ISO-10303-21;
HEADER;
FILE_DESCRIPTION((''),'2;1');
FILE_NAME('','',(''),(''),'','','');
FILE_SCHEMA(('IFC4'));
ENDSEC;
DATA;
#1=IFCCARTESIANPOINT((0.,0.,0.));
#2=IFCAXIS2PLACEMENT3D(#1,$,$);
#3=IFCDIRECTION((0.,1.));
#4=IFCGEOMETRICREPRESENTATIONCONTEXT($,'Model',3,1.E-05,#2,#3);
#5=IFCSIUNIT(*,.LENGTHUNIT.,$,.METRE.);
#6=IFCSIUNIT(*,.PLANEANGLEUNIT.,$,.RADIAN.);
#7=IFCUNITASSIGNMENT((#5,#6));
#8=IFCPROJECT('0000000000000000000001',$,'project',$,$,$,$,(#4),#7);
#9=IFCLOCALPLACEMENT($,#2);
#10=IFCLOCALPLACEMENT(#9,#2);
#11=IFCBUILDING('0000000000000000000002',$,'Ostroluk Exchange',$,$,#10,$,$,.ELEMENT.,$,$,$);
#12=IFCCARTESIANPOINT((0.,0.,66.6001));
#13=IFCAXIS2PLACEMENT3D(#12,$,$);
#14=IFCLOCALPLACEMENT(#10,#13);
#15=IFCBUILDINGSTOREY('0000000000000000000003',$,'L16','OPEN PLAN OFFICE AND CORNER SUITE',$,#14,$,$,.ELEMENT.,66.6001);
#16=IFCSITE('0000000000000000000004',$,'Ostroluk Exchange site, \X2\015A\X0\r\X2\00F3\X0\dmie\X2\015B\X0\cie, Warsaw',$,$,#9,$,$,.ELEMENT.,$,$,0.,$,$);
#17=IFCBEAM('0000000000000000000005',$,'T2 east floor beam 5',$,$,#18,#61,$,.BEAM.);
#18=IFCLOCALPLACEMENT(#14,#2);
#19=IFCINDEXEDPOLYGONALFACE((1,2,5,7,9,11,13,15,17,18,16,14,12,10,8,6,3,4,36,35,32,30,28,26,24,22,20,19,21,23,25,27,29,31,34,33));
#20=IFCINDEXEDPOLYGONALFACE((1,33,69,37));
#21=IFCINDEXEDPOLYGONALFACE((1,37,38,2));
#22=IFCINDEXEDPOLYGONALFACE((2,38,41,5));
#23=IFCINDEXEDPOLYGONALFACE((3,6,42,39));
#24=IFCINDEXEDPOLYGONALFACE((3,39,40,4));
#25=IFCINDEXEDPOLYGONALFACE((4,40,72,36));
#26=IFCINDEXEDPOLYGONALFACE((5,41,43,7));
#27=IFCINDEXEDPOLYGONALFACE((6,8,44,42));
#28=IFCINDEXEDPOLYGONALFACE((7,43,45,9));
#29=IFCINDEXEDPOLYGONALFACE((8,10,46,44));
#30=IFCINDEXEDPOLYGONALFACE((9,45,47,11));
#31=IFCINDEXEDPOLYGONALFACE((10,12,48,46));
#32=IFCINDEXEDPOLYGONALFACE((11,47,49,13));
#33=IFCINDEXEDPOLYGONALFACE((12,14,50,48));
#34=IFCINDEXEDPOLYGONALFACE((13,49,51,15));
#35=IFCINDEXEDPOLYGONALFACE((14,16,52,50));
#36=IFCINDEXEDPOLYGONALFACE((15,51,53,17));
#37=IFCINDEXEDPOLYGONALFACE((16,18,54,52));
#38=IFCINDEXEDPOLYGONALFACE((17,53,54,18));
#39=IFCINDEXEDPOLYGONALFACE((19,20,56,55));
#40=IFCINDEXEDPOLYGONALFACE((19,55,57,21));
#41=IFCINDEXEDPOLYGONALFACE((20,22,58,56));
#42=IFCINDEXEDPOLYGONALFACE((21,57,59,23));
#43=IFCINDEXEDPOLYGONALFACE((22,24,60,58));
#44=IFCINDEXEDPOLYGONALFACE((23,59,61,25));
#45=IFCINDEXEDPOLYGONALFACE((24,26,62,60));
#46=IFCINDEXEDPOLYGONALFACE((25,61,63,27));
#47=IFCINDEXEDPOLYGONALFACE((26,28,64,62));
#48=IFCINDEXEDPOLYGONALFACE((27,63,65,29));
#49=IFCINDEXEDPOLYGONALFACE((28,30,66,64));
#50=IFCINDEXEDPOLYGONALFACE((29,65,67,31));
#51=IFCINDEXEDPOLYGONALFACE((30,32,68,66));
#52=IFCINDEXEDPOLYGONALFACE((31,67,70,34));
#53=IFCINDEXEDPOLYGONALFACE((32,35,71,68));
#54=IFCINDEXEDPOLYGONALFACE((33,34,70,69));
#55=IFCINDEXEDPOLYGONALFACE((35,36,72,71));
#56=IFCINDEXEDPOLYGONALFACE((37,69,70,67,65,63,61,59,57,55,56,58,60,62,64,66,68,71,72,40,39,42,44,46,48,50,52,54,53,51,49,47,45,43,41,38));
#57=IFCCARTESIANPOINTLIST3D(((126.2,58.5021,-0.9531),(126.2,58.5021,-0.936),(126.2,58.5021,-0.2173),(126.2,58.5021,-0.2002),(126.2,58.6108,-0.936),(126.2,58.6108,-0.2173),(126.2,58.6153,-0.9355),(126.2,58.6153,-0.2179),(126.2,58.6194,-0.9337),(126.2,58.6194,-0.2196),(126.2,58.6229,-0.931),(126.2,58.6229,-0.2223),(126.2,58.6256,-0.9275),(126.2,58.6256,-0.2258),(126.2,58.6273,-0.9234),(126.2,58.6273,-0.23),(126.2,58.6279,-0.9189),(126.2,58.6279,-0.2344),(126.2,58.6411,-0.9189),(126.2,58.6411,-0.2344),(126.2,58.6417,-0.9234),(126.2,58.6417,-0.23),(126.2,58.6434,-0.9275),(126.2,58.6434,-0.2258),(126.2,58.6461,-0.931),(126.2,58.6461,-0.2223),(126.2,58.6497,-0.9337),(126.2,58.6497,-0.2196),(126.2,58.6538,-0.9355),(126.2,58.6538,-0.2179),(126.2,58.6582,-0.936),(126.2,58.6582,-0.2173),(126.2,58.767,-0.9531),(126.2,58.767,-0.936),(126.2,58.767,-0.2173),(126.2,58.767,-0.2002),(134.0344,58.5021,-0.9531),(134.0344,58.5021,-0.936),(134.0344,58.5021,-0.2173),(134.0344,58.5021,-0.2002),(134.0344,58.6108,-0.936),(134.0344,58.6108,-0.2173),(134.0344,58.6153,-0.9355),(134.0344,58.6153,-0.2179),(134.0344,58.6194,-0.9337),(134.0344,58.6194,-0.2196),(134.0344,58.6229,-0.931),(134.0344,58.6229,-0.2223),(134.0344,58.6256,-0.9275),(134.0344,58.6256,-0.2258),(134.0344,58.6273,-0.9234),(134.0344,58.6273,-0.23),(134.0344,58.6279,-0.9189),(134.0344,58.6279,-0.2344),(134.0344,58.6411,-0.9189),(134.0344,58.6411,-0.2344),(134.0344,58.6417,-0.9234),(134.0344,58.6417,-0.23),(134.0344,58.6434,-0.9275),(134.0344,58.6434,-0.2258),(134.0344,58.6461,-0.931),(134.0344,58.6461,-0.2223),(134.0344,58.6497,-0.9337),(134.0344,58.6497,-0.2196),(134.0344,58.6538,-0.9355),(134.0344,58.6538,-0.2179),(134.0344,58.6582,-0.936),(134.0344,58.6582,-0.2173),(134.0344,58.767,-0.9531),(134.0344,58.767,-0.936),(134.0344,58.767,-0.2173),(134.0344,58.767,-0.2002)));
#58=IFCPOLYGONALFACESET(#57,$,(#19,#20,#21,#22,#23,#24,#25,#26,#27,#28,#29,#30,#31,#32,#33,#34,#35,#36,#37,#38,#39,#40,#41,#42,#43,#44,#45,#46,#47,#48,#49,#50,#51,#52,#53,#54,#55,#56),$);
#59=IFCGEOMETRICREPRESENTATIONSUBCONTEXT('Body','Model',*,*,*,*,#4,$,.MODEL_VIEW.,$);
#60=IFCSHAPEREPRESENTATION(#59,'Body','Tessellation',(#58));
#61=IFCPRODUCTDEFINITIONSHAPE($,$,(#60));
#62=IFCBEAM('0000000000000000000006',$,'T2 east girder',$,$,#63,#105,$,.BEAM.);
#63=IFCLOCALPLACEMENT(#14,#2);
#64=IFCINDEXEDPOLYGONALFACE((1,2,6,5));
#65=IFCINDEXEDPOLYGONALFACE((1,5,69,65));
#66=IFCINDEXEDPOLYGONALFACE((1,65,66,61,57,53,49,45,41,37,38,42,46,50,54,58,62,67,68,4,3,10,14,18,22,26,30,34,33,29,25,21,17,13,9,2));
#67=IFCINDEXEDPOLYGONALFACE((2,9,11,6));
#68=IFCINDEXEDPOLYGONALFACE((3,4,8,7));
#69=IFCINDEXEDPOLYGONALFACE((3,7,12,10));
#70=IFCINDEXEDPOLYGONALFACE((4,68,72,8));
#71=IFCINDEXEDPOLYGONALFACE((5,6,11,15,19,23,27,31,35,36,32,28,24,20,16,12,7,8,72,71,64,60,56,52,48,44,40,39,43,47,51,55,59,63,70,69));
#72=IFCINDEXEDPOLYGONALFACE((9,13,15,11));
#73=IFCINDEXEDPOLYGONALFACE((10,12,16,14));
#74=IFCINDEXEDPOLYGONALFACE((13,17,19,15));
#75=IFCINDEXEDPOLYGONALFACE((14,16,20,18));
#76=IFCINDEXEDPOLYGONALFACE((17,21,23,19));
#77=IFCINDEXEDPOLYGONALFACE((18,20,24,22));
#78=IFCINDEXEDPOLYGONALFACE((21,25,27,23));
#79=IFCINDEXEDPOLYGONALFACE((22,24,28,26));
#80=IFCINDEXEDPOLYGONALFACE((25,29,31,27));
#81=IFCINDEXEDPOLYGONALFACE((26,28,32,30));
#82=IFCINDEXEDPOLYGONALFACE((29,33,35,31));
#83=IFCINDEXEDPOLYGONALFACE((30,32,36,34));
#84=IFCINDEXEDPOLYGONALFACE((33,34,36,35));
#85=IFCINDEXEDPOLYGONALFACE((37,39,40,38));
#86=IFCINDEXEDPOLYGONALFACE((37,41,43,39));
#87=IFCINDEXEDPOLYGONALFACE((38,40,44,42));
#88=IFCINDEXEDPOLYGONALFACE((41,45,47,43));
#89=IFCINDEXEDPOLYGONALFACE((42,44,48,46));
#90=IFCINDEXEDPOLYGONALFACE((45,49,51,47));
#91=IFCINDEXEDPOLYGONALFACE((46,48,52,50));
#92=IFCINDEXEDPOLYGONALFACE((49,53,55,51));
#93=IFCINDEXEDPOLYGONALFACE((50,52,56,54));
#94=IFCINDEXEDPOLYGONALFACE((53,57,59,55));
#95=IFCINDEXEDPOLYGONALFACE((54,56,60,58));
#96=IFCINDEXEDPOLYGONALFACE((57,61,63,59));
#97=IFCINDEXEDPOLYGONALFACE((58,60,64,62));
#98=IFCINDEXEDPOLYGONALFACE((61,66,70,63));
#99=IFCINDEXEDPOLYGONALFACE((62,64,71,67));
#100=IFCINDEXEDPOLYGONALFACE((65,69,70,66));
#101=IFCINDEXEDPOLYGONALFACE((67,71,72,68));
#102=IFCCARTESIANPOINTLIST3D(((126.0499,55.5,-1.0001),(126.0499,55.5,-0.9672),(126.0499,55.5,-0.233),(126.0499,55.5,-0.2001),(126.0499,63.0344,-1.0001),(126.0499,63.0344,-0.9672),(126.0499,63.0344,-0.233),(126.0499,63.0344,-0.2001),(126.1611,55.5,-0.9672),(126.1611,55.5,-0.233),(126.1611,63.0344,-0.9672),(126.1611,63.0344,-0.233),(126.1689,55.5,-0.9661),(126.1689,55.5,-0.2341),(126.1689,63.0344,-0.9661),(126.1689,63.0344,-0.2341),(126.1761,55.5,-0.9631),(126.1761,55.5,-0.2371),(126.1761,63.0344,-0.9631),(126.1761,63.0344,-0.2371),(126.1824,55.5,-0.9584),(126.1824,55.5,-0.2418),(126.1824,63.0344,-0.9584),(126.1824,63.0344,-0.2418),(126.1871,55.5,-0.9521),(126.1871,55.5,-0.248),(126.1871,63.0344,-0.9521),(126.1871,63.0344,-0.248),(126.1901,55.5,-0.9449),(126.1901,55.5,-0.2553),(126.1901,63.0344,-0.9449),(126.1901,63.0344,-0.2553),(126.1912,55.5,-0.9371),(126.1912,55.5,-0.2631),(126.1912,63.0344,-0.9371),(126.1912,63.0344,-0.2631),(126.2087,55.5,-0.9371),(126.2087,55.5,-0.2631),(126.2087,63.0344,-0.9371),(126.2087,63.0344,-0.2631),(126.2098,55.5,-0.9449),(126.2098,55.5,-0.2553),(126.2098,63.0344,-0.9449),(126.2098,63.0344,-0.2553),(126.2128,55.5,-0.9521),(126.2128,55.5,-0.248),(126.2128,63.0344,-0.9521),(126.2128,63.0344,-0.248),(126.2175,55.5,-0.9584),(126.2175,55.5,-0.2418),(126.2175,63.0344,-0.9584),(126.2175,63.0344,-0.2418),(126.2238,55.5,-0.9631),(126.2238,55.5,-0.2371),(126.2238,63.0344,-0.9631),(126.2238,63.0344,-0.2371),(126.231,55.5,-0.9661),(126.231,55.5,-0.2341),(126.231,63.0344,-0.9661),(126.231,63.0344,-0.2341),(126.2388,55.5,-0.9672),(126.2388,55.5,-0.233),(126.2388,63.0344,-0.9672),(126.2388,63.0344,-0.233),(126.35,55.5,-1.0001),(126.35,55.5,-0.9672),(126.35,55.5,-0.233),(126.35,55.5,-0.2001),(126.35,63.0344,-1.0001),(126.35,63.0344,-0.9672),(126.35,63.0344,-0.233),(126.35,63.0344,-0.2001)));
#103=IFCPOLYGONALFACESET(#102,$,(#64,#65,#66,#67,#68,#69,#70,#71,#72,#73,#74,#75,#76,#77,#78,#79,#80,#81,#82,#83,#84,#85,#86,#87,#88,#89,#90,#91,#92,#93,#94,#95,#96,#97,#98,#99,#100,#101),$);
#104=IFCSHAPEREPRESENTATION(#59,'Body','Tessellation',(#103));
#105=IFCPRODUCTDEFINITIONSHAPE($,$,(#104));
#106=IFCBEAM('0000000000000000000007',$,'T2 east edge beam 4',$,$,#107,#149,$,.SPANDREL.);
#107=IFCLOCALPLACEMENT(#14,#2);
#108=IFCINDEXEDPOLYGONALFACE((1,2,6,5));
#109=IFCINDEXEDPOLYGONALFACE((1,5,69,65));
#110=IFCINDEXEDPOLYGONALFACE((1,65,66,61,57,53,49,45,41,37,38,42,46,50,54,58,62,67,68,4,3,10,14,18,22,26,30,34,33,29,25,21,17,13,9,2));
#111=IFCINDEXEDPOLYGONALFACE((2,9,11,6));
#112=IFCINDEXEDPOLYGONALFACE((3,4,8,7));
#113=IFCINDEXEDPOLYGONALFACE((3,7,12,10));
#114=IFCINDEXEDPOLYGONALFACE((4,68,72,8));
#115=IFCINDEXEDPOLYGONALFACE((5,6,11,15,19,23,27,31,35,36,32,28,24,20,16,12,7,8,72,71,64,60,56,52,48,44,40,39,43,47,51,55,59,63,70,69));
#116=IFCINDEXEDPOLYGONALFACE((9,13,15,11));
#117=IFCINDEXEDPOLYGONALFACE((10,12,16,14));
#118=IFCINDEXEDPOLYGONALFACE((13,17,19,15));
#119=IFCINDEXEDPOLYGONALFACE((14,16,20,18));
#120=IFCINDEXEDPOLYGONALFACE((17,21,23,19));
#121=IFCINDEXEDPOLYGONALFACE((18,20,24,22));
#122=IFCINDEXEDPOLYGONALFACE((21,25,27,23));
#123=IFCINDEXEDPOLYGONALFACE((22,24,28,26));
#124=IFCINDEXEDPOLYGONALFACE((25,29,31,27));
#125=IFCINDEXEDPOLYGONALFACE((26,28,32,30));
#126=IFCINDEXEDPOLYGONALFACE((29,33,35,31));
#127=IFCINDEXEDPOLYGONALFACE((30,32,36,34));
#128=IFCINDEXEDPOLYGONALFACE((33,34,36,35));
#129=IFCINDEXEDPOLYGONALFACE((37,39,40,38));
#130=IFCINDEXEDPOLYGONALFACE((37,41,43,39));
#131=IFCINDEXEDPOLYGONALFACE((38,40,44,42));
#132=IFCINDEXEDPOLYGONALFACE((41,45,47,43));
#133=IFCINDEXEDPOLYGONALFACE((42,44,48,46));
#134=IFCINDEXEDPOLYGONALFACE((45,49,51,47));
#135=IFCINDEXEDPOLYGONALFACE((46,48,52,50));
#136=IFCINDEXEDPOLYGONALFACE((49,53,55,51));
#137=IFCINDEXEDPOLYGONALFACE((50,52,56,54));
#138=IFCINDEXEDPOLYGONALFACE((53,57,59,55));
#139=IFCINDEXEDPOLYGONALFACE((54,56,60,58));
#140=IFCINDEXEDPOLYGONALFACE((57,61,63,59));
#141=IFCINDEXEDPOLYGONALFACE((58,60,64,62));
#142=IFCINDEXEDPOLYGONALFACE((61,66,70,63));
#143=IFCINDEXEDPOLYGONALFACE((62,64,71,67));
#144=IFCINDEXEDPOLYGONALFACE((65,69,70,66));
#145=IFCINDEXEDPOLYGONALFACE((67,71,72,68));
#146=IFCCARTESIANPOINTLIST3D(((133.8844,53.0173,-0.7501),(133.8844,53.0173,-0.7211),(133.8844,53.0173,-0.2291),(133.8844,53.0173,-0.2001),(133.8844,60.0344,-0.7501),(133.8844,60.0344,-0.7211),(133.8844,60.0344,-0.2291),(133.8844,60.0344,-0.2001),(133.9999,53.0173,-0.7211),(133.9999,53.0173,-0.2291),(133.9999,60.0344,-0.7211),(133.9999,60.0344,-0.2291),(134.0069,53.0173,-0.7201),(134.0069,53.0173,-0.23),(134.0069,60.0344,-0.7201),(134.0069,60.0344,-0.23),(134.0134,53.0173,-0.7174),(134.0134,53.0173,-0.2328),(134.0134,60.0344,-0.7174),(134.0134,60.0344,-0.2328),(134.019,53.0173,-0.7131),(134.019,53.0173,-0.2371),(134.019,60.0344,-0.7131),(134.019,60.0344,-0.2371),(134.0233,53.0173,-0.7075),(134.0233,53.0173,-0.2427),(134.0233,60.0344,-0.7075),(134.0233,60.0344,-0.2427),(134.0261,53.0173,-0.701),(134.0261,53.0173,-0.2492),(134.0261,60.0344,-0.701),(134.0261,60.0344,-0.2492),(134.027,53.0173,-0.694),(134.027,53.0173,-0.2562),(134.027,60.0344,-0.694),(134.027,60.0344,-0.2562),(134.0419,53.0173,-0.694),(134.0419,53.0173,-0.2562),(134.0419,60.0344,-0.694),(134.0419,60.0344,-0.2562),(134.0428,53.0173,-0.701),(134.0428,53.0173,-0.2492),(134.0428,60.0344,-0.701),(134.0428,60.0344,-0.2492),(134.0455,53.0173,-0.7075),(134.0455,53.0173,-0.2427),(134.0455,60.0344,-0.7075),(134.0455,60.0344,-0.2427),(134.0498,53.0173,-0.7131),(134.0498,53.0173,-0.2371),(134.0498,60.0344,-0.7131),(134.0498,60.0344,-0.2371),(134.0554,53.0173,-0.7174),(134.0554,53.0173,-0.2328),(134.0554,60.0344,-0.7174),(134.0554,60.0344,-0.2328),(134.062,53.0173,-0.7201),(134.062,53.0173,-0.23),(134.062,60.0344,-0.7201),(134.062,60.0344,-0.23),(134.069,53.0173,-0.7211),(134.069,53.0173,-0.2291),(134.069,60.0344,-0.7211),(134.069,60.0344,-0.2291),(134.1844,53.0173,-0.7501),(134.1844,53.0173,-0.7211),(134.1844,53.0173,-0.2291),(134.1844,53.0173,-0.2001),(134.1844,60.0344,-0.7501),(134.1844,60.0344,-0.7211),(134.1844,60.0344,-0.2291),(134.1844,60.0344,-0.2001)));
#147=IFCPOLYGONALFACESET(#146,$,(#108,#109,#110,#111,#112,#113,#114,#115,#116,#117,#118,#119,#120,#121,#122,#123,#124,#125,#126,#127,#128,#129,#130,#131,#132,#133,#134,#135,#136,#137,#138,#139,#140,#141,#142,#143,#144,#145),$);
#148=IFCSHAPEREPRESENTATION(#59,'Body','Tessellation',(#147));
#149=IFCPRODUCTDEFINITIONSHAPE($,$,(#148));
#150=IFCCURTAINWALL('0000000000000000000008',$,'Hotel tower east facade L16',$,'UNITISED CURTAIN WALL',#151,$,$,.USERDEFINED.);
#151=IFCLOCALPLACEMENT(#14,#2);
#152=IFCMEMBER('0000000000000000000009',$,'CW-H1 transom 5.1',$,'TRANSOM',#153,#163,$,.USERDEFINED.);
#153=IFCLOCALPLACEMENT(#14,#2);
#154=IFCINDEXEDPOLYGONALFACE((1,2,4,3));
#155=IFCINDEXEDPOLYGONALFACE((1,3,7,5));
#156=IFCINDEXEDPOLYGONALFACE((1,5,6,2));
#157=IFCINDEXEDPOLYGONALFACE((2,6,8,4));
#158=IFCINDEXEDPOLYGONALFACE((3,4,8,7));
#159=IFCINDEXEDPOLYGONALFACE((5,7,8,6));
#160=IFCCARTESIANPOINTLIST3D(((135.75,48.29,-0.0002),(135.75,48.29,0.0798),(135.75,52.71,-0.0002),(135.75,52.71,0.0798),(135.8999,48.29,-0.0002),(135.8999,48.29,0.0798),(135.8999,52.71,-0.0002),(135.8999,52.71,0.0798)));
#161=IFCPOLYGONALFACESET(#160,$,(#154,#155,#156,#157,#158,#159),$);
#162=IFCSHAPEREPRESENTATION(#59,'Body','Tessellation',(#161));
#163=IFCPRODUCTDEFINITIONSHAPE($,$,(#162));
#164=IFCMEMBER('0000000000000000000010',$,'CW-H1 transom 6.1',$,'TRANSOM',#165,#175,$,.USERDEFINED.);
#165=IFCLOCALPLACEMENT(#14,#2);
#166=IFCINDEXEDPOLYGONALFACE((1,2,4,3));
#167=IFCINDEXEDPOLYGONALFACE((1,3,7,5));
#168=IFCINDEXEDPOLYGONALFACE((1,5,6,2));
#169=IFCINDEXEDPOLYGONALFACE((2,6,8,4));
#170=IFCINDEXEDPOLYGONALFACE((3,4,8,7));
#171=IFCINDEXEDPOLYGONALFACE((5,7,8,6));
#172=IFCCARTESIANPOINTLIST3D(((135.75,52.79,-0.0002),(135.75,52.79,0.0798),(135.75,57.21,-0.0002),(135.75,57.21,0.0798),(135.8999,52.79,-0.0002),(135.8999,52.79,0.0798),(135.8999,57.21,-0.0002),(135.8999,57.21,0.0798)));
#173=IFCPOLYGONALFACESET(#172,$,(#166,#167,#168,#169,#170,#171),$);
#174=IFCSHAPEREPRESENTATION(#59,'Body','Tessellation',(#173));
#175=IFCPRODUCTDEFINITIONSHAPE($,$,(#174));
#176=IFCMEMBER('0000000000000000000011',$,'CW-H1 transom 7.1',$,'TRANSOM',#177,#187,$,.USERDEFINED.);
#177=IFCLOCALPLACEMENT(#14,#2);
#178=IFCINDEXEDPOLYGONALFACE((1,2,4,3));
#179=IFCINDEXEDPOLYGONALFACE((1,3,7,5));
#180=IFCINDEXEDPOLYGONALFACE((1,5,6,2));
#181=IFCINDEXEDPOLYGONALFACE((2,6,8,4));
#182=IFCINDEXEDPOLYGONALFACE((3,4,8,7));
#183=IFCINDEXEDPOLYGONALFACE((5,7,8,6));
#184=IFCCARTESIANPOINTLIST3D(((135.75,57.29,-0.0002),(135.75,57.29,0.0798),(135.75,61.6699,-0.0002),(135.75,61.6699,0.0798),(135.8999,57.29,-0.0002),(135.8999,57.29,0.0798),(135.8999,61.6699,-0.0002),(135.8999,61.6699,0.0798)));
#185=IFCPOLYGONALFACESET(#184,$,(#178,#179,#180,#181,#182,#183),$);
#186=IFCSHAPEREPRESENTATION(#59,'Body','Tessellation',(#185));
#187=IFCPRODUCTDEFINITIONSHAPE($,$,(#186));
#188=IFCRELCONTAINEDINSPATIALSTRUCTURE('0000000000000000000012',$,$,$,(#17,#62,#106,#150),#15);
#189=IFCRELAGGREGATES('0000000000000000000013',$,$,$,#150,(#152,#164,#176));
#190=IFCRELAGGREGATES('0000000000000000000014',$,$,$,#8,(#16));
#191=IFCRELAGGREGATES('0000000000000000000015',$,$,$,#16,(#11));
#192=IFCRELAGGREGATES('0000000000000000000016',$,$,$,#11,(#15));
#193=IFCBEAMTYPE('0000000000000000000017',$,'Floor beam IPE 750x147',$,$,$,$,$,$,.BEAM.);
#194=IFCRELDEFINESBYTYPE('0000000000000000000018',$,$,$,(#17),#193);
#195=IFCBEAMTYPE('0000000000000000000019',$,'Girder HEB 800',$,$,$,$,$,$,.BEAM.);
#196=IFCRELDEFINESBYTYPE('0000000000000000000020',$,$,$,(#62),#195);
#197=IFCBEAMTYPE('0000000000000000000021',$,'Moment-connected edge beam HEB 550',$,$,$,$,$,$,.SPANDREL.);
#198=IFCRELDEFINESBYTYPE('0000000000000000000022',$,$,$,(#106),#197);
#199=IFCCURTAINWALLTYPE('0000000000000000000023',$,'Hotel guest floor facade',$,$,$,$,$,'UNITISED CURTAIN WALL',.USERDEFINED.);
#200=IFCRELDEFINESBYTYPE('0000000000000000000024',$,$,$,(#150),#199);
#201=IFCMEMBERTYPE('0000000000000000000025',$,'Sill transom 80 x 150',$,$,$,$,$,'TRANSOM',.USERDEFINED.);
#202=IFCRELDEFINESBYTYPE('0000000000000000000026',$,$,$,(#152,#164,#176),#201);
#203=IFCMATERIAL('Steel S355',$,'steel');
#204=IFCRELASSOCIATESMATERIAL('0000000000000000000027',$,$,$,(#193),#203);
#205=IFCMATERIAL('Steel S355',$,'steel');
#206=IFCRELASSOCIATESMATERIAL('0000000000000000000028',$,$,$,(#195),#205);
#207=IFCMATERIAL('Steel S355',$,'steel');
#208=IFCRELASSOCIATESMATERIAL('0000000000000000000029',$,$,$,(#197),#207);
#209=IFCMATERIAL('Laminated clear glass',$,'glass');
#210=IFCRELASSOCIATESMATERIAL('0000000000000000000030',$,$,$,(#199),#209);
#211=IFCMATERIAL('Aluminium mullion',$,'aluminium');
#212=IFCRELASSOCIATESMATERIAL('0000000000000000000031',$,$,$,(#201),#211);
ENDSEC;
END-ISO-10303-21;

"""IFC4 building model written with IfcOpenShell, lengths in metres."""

from ifc_helpers import new_model, si_unit, direction, frame, origin, origin_2d, place, context, subcontext, project, spatial, rectangle, i_section, extrude, material, material_profile, profile_set, type_object, element, aggregate, save


model = new_model("IFC4")

# Units and contexts
model_context = context("Model", 3, precision=1e-05, world=origin(), true_north=direction((0.0, 1.0)))
body_context = subcontext(model_context, "Body", "Model", "MODEL_VIEW")
ifc_project = project(units=[si_unit("LENGTHUNIT", "METRE"), si_unit("PLANEANGLEUNIT", "RADIAN")], contexts=[model_context])

# Site, building, storey
site_placement = place(None, origin())
site = spatial("IfcSite", under=ifc_project, at=site_placement, Name="Ostroluk Exchange site, Śródmieście, Warsaw", CompositionType="ELEMENT", RefElevation=0.0)
building_placement = place(site_placement, origin())
building = spatial("IfcBuilding", under=site, at=building_placement, Name="Ostroluk Exchange", CompositionType="ELEMENT")
storey_placement = place(building_placement, frame((0.0, 0.0, 66.6001)))
storey = spatial("IfcBuildingStorey", under=building, at=storey_placement, Name="L16", Description="OPEN PLAN OFFICE AND CORNER SUITE", CompositionType="ELEMENT", Elevation=66.6001)

# Beams
ifc_material_1 = material(Name="Steel S355", Category="steel")
ifc_material_profile_1 = material_profile(ifc_material_1, i_section(OverallWidth=0.2649, OverallDepth=0.7529, WebThickness=0.0132, FlangeThickness=0.0171, FilletRadius=0.0171, at=origin_2d()), Name="IPE 750x147")
ifc_profile_set_1 = profile_set([ifc_material_profile_1], Name="Steel S355")
beam_type_1 = type_object("IfcBeamType", Name="Floor beam IPE 750x147", PredefinedType="BEAM", material=ifc_profile_set_1)
beam_1_placement = place(storey_placement, frame((126.2, 58.6345, -0.5767), z_axis=(1.0, 0.0, 0.0), x_axis=(0.0, 1.0, 0.0)))
element("IfcBeam", 1, at=beam_1_placement, inside=storey, type_object=beam_type_1, Name="T2 east floor beam 5", PredefinedType="BEAM", context=body_context, shape_type="SweptSolid", body=[
    extrude(i_section(OverallWidth=0.2649, OverallDepth=0.7529, WebThickness=0.0132, FlangeThickness=0.0171, FilletRadius=0.0171, at=origin_2d()), origin(), (0.0, 0.0, 1.0), 7.8345),
])
ifc_material_2 = material(Name="Steel S355", Category="steel")
ifc_material_profile_2 = material_profile(ifc_material_2, i_section(OverallWidth=0.3, OverallDepth=0.8, WebThickness=0.0176, FlangeThickness=0.033, FilletRadius=0.03, at=origin_2d()), Name="HEB 800")
ifc_profile_set_2 = profile_set([ifc_material_profile_2], Name="Steel S355")
beam_type_2 = type_object("IfcBeamType", Name="Girder HEB 800", PredefinedType="BEAM", material=ifc_profile_set_2)
beam_2_placement = place(storey_placement, frame((126.2, 55.5, -0.6001), z_axis=(0.0, 1.0, 0.0), x_axis=(-1.0, 0.0, 0.0)))
element("IfcBeam", 2, at=beam_2_placement, inside=storey, type_object=beam_type_2, Name="T2 east girder", PredefinedType="BEAM", context=body_context, shape_type="SweptSolid", body=[
    extrude(i_section(OverallWidth=0.3, OverallDepth=0.8, WebThickness=0.0176, FlangeThickness=0.033, FilletRadius=0.03, at=origin_2d()), origin(), (0.0, 0.0, 1.0), 7.5344),
])
ifc_material_3 = material(Name="Steel S355", Category="steel")
ifc_material_profile_3 = material_profile(ifc_material_3, i_section(OverallWidth=0.3, OverallDepth=0.55, WebThickness=0.0149, FlangeThickness=0.0291, FilletRadius=0.0271, at=origin_2d()), Name="HEB 550")
ifc_profile_set_3 = profile_set([ifc_material_profile_3], Name="Steel S355")
beam_type_3 = type_object("IfcBeamType", Name="Moment-connected edge beam HEB 550", PredefinedType="SPANDREL", material=ifc_profile_set_3)
beam_3_placement = place(storey_placement, frame((134.0344, 53.0173, -0.4751), z_axis=(0.0, 1.0, 0.0), x_axis=(-1.0, 0.0, 0.0)))
element("IfcBeam", 3, at=beam_3_placement, inside=storey, type_object=beam_type_3, Name="T2 east edge beam 4", PredefinedType="SPANDREL", context=body_context, shape_type="SweptSolid", body=[
    extrude(i_section(OverallWidth=0.3, OverallDepth=0.55, WebThickness=0.0149, FlangeThickness=0.0291, FilletRadius=0.0271, at=origin_2d()), origin(), (0.0, 0.0, 1.0), 7.0171),
])

# Curtain wall, members
ifc_material_4 = material(Name="Laminated clear glass", Category="glass")
curtain_wall_type = type_object("IfcCurtainWallType", Name="Hotel guest floor facade", ElementType="UNITISED CURTAIN WALL", PredefinedType="USERDEFINED", material=ifc_material_4)
curtain_wall_placement = place(storey_placement, origin())
curtain_wall = element("IfcCurtainWall", 4, at=curtain_wall_placement, inside=storey, type_object=curtain_wall_type, Name="Hotel tower east facade L16", ObjectType="UNITISED CURTAIN WALL", PredefinedType="USERDEFINED")
ifc_material_5 = material(Name="Aluminium mullion", Category="aluminium")
ifc_material_profile_4 = material_profile(ifc_material_5, rectangle(XDim=0.1499, YDim=0.0801, at=origin_2d()), Name="Sill transom 80 x 150")
ifc_profile_set_4 = profile_set([ifc_material_profile_4], Name="Aluminium mullion")
member_type_1 = type_object("IfcMemberType", Name="Sill transom 80 x 150", ElementType="TRANSOM", PredefinedType="USERDEFINED", material=ifc_profile_set_4)
member_1_placement = place(storey_placement, frame((135.825, 48.29, 0.0398), z_axis=(0.0, 1.0, 0.0), x_axis=(-1.0, 0.0, 0.0)))
member_1 = element("IfcMember", 5, at=member_1_placement, type_object=member_type_1, Name="CW-H1 transom 5.1", ObjectType="TRANSOM", PredefinedType="USERDEFINED", context=body_context, shape_type="SweptSolid", body=[
    extrude(rectangle(XDim=0.1499, YDim=0.0801, at=origin_2d()), origin(), (0.0, 0.0, 1.0), 4.4199),
])
member_2_placement = place(storey_placement, frame((135.825, 52.79, 0.0398), z_axis=(0.0, 1.0, 0.0), x_axis=(-1.0, 0.0, 0.0)))
member_2 = element("IfcMember", 6, at=member_2_placement, type_object=member_type_1, Name="CW-H1 transom 6.1", ObjectType="TRANSOM", PredefinedType="USERDEFINED", context=body_context, shape_type="SweptSolid", body=[
    extrude(rectangle(XDim=0.1499, YDim=0.0801, at=origin_2d()), origin(), (0.0, 0.0, 1.0), 4.4199),
])
member_3_placement = place(storey_placement, frame((135.825, 57.29, 0.0398), z_axis=(0.0, 1.0, 0.0), x_axis=(-1.0, 0.0, 0.0)))
member_3 = element("IfcMember", 7, at=member_3_placement, type_object=member_type_1, Name="CW-H1 transom 7.1", ObjectType="TRANSOM", PredefinedType="USERDEFINED", context=body_context, shape_type="SweptSolid", body=[
    extrude(rectangle(XDim=0.1499, YDim=0.0801, at=origin_2d()), origin(), (0.0, 0.0, 1.0), 4.3799),
])
aggregate(curtain_wall, [member_1, member_2, member_3])

save(model, "model.ifc")
